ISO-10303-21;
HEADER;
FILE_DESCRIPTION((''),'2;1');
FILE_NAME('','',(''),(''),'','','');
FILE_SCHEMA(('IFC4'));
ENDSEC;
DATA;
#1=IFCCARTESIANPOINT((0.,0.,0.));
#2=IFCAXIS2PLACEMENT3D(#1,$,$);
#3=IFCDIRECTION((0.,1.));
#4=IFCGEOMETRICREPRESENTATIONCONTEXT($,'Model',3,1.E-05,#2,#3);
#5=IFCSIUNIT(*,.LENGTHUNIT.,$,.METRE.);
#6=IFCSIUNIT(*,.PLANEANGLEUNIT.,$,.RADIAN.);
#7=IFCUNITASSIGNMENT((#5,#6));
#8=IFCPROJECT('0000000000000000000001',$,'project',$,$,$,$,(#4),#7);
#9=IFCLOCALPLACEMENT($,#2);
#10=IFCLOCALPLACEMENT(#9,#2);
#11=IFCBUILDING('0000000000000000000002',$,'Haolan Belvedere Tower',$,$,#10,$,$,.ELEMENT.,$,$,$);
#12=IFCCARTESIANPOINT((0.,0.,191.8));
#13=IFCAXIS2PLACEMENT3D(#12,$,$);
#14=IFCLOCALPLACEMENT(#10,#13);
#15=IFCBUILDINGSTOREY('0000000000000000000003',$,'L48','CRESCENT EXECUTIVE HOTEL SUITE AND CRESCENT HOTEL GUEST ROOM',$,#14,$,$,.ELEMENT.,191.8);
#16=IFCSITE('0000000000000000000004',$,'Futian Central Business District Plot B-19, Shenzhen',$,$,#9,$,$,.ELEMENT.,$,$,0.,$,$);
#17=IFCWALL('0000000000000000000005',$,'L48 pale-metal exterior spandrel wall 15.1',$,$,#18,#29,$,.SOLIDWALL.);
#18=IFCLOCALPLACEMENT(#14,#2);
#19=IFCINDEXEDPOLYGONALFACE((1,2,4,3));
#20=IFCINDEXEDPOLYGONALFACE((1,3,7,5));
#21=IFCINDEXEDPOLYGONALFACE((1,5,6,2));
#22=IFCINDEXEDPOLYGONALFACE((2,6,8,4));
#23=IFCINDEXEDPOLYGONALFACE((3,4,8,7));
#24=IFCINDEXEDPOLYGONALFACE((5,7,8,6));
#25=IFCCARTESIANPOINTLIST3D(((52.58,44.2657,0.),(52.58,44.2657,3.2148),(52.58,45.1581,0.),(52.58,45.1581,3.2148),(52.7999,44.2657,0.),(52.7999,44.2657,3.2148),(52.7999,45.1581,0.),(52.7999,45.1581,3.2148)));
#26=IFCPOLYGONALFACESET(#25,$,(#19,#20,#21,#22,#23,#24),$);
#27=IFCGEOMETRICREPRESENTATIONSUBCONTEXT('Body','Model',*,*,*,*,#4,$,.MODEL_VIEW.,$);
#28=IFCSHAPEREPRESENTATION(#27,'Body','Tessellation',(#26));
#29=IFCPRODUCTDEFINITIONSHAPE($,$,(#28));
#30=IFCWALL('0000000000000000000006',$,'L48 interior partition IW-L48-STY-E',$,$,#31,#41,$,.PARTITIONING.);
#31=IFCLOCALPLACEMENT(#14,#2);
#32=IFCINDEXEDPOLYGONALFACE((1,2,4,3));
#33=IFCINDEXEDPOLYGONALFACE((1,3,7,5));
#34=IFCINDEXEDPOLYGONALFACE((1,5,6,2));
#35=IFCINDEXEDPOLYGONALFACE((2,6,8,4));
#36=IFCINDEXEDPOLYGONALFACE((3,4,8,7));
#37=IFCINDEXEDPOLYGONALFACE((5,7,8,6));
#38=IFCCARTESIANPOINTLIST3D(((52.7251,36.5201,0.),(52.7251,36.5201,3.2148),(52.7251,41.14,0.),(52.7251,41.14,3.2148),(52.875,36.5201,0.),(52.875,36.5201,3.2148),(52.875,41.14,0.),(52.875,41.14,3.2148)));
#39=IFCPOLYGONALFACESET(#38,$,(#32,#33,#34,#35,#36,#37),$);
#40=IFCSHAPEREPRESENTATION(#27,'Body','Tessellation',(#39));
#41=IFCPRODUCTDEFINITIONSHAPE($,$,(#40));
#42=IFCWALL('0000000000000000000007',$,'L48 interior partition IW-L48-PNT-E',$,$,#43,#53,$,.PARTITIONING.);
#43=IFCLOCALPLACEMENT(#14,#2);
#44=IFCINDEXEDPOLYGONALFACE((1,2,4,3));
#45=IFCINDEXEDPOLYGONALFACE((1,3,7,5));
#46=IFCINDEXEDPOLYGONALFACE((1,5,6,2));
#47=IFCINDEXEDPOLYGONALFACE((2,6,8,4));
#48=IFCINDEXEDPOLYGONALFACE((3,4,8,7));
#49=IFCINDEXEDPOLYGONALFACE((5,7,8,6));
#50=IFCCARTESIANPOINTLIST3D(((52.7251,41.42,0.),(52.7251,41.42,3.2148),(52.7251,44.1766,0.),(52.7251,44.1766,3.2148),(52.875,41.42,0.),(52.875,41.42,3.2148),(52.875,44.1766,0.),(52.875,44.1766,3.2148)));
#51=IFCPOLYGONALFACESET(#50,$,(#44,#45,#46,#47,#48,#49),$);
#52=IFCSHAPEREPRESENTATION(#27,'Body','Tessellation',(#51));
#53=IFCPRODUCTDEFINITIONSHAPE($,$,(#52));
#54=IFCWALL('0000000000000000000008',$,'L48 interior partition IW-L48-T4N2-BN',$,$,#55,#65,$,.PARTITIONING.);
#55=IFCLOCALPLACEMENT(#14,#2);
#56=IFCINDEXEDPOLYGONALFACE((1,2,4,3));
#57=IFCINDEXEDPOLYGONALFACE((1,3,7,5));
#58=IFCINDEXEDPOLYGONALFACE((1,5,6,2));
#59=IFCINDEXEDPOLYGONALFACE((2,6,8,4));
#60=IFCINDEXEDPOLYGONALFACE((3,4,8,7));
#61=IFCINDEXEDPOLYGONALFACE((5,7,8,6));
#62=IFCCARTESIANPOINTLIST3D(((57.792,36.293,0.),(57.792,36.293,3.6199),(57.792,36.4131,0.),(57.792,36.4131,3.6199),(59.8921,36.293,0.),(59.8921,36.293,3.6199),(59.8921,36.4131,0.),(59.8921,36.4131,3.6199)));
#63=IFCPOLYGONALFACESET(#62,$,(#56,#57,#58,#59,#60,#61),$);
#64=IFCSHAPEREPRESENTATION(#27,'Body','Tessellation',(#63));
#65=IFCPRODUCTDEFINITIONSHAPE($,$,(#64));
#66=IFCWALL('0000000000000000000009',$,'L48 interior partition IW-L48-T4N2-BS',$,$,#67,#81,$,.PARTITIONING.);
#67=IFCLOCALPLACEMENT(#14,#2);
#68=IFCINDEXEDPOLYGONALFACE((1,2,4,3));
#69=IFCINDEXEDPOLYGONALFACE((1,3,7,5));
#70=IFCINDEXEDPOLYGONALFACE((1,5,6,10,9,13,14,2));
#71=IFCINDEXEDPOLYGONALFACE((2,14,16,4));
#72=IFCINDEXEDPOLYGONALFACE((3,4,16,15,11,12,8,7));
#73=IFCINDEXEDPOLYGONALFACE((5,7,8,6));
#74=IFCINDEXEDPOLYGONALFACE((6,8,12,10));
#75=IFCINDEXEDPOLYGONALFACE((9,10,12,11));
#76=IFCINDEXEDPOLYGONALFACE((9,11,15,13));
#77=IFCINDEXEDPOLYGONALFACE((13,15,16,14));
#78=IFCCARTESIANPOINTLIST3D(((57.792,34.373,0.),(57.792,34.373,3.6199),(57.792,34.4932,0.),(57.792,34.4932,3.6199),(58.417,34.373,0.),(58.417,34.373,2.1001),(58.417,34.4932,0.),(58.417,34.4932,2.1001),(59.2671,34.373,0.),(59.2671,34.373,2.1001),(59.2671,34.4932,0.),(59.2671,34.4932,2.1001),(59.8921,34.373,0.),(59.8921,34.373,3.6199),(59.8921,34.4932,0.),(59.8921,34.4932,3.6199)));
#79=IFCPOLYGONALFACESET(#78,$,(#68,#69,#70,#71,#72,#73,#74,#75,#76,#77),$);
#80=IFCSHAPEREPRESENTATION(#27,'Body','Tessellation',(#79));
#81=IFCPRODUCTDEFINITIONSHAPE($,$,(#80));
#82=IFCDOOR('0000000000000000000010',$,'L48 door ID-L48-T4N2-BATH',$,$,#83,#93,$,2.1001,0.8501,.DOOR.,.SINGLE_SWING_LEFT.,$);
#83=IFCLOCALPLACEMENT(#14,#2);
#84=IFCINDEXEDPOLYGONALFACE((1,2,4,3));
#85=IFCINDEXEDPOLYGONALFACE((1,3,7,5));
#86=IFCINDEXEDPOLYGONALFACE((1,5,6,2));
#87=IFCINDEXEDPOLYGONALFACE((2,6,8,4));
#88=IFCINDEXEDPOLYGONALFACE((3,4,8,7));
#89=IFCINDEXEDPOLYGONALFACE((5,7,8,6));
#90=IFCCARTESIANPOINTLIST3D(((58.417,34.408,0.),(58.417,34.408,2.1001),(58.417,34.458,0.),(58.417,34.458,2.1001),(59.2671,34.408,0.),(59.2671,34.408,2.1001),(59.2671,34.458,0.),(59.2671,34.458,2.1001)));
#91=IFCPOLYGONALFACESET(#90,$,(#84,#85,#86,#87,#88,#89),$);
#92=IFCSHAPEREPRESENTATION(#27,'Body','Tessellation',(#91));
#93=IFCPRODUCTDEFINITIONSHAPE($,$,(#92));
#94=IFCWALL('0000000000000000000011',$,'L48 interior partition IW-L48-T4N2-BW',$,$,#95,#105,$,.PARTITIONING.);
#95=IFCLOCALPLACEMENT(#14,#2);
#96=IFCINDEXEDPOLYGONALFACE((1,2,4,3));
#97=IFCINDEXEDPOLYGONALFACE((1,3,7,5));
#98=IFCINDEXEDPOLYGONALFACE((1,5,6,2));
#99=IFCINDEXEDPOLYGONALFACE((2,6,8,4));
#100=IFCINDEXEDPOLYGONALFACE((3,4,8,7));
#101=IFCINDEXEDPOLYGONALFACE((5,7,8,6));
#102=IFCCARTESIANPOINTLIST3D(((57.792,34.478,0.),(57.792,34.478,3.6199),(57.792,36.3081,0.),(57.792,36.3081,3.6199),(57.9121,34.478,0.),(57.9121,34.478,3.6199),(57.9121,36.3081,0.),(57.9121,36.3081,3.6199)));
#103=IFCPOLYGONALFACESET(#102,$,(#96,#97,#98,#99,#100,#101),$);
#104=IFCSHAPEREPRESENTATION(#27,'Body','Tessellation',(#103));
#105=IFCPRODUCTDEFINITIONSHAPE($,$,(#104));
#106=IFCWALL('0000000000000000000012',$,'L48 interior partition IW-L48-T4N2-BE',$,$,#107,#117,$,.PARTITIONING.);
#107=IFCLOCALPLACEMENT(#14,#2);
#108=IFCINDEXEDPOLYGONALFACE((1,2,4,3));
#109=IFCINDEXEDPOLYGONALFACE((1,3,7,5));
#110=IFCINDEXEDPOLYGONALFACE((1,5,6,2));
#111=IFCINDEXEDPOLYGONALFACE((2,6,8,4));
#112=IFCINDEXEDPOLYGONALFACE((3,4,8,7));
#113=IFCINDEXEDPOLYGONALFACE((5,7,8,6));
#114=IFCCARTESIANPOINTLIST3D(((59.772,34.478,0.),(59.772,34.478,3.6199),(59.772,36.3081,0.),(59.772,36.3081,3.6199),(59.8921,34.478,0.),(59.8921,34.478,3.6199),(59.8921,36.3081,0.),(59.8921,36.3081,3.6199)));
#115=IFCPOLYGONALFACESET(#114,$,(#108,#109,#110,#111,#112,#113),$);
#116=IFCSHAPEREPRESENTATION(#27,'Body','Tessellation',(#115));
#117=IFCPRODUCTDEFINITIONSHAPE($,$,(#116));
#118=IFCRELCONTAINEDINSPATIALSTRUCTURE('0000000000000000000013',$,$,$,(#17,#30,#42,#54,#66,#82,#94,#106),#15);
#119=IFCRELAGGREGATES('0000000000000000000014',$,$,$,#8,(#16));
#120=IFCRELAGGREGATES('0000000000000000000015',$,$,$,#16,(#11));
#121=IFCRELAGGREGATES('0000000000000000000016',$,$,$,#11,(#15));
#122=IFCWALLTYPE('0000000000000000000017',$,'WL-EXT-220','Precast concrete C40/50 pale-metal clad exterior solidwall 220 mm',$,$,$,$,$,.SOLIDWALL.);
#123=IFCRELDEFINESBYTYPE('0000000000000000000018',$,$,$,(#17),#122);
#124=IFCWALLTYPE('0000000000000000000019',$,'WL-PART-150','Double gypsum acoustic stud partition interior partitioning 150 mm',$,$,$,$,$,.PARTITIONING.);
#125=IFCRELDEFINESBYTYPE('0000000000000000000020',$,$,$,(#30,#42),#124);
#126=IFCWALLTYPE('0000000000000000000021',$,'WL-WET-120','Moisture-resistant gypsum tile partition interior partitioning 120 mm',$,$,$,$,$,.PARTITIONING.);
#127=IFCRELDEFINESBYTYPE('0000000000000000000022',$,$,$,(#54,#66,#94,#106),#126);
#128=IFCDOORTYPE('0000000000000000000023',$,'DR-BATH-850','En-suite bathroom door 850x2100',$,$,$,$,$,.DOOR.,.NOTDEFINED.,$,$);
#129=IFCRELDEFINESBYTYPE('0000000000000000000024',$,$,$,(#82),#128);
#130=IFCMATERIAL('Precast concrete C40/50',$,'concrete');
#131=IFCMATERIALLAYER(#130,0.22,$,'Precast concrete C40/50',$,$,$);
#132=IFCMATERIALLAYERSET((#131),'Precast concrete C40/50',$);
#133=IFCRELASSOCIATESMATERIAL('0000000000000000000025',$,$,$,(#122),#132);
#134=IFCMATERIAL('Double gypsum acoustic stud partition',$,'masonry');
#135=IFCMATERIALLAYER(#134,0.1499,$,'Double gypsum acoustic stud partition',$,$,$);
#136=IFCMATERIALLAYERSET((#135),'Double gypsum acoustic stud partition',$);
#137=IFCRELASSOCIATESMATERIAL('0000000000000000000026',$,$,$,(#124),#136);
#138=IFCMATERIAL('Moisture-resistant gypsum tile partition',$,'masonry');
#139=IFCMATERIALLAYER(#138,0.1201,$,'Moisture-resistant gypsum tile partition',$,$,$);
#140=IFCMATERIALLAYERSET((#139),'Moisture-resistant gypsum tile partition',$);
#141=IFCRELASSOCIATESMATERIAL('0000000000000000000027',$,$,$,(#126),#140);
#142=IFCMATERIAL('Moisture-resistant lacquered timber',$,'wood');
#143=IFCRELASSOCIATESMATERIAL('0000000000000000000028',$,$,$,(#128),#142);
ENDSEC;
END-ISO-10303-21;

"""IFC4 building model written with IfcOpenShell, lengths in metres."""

from ifc_helpers import new_model, si_unit, direction, frame, frame_2d, origin, place, context, subcontext, project, spatial, rectangle, extrude, material, layer, layer_set, type_object, element, fill, save


model = new_model("IFC4")

# Units and contexts
model_context = context("Model", 3, precision=1e-05, world=origin(), true_north=direction((0.0, 1.0)))
body_context = subcontext(model_context, "Body", "Model", "MODEL_VIEW")
ifc_project = project(units=[si_unit("LENGTHUNIT", "METRE"), si_unit("PLANEANGLEUNIT", "RADIAN")], contexts=[model_context])

# Site, building, storey
site_placement = place(None, origin())
site = spatial("IfcSite", under=ifc_project, at=site_placement, Name="Futian Central Business District Plot B-19, Shenzhen", CompositionType="ELEMENT", RefElevation=0.0)
building_placement = place(site_placement, origin())
building = spatial("IfcBuilding", under=site, at=building_placement, Name="Haolan Belvedere Tower", CompositionType="ELEMENT")
storey_placement = place(building_placement, frame((0.0, 0.0, 191.8)))
storey = spatial("IfcBuildingStorey", under=building, at=storey_placement, Name="L48", Description="CRESCENT EXECUTIVE HOTEL SUITE AND CRESCENT HOTEL GUEST ROOM", CompositionType="ELEMENT", Elevation=191.8)

# Shared definitions
ifc_material_1 = material(Name="Precast concrete C40/50", Category="concrete")
ifc_layer_1 = layer(ifc_material_1, 0.22, Name="Precast concrete C40/50")
ifc_layer_set_1 = layer_set([ifc_layer_1], Name="Precast concrete C40/50")
wall_type_1 = type_object("IfcWallType", Name="WL-EXT-220", Description="Precast concrete C40/50 pale-metal clad exterior solidwall 220 mm", PredefinedType="SOLIDWALL", material=ifc_layer_set_1)

# Walls
wall_1_placement = place(storey_placement, frame((52.6899, 44.2656, 0.0), z_axis=(0.0, 0.0, 1.0), x_axis=(0.0, 1.0, 0.0)))
element("IfcWall", 1, at=wall_1_placement, inside=storey, type_object=wall_type_1, Name="L48 pale-metal exterior spandrel wall 15.1", PredefinedType="SOLIDWALL", context=body_context, shape_type="SweptSolid", body=[
    extrude(rectangle(XDim=0.8923, YDim=0.22, at=frame_2d((0.4463, 0.0))), origin(), (0.0, 0.0, 1.0), 3.2148),
])
ifc_material_2 = material(Name="Double gypsum acoustic stud partition", Category="masonry")
ifc_layer_2 = layer(ifc_material_2, 0.1499, Name="Double gypsum acoustic stud partition")
ifc_layer_set_2 = layer_set([ifc_layer_2], Name="Double gypsum acoustic stud partition")
wall_type_2 = type_object("IfcWallType", Name="WL-PART-150", Description="Double gypsum acoustic stud partition interior partitioning 150 mm", PredefinedType="PARTITIONING", material=ifc_layer_set_2)
wall_2_placement = place(storey_placement, frame((52.8, 36.52, 0.0), z_axis=(0.0, 0.0, 1.0), x_axis=(0.0, 1.0, 0.0)))
element("IfcWall", 2, at=wall_2_placement, inside=storey, type_object=wall_type_2, Name="L48 interior partition IW-L48-STY-E", PredefinedType="PARTITIONING", context=body_context, shape_type="SweptSolid", body=[
    extrude(rectangle(XDim=4.6199, YDim=0.1499, at=frame_2d((2.3101, 0.0))), origin(), (0.0, 0.0, 1.0), 3.2148),
])
wall_3_placement = place(storey_placement, frame((52.8, 41.4199, 0.0), z_axis=(0.0, 0.0, 1.0), x_axis=(0.0, 1.0, 0.0)))
element("IfcWall", 3, at=wall_3_placement, inside=storey, type_object=wall_type_2, Name="L48 interior partition IW-L48-PNT-E", PredefinedType="PARTITIONING", context=body_context, shape_type="SweptSolid", body=[
    extrude(rectangle(XDim=2.7566, YDim=0.1499, at=frame_2d((1.3784, 0.0))), origin(), (0.0, 0.0, 1.0), 3.2148),
])
ifc_material_3 = material(Name="Moisture-resistant gypsum tile partition", Category="masonry")
ifc_layer_3 = layer(ifc_material_3, 0.1201, Name="Moisture-resistant gypsum tile partition")
ifc_layer_set_3 = layer_set([ifc_layer_3], Name="Moisture-resistant gypsum tile partition")
wall_type_3 = type_object("IfcWallType", Name="WL-WET-120", Description="Moisture-resistant gypsum tile partition interior partitioning 120 mm", PredefinedType="PARTITIONING", material=ifc_layer_set_3)
wall_4_placement = place(storey_placement, frame((57.792, 36.353, 0.0), z_axis=(0.0, 0.0, 1.0), x_axis=(1.0, 0.0, 0.0)))
element("IfcWall", 4, at=wall_4_placement, inside=storey, type_object=wall_type_3, Name="L48 interior partition IW-L48-T4N2-BN", PredefinedType="PARTITIONING", context=body_context, shape_type="SweptSolid", body=[
    extrude(rectangle(XDim=2.1001, YDim=0.1201, at=frame_2d((1.05, 0.0))), origin(), (0.0, 0.0, 1.0), 3.6199),
])

# Wall, opening, door
wall_5_placement = place(storey_placement, frame((57.792, 34.4331, 0.0), z_axis=(0.0, 0.0, 1.0), x_axis=(1.0, 0.0, 0.0)))
wall_5 = element("IfcWall", 5, at=wall_5_placement, inside=storey, type_object=wall_type_3, Name="L48 interior partition IW-L48-T4N2-BS", PredefinedType="PARTITIONING", context=body_context, shape_type="SweptSolid", body=[
    extrude(rectangle(XDim=2.1001, YDim=0.1201, at=frame_2d((1.05, 0.0))), origin(), (0.0, 0.0, 1.0), 3.6199),
])
opening_1_placement = place(wall_5_placement, frame((0.625, 0.0, 0.0)))
opening_1 = element("IfcOpeningElement", 6, at=opening_1_placement, cuts=wall_5, PredefinedType="OPENING", context=body_context, shape_type="SweptSolid", body=[
    extrude(rectangle(XDim=0.8501, YDim=2.1001, at=frame_2d((0.425, 1.05))), frame((0.0, 0.0701, 0.0), z_axis=(0.0, -1.0, 0.0), x_axis=(1.0, 0.0, 0.0)), (0.0, 0.0, 1.0), 0.1401),
])
ifc_material_4 = material(Name="Moisture-resistant lacquered timber", Category="wood")
door_type = type_object("IfcDoorType", Name="DR-BATH-850", Description="En-suite bathroom door 850x2100", OperationType="NOTDEFINED", PredefinedType="DOOR", material=ifc_material_4)
door_placement = place(opening_1_placement, origin())
door = element("IfcDoor", 7, at=door_placement, inside=storey, type_object=door_type, Name="L48 door ID-L48-T4N2-BATH", OperationType="SINGLE_SWING_LEFT", OverallHeight=2.1001, OverallWidth=0.8501, PredefinedType="DOOR", context=body_context, shape_type="SweptSolid", body=[
    extrude(rectangle(XDim=0.8501, YDim=2.1001, at=frame_2d((0.425, 1.05))), frame((0.0, 0.0249, 0.0), z_axis=(0.0, -1.0, 0.0), x_axis=(1.0, 0.0, 0.0)), (0.0, 0.0, 1.0), 0.05),
])
fill(opening_1, door)

# Walls
for number, where, z_axis, x_axis, name in (
    (8, (57.8521, 34.478, 0.0), (0.0, 0.0, 1.0), (0.0, 1.0, 0.0), "L48 interior partition IW-L48-T4N2-BW"),
    (9, (59.832, 34.478, 0.0), (0.0, 0.0, 1.0), (0.0, 1.0, 0.0), "L48 interior partition IW-L48-T4N2-BE"),
):
    element("IfcWall", number, at=place(storey_placement, frame(where, z_axis=z_axis, x_axis=x_axis)), inside=storey, type_object=wall_type_3, Name=name, PredefinedType="PARTITIONING", context=body_context, shape_type="SweptSolid", body=[
        extrude(rectangle(XDim=1.8301, YDim=0.1201, at=frame_2d((0.915, 0.0))), origin(), (0.0, 0.0, 1.0), 3.6199),
    ])

save(model, "model.ifc")
